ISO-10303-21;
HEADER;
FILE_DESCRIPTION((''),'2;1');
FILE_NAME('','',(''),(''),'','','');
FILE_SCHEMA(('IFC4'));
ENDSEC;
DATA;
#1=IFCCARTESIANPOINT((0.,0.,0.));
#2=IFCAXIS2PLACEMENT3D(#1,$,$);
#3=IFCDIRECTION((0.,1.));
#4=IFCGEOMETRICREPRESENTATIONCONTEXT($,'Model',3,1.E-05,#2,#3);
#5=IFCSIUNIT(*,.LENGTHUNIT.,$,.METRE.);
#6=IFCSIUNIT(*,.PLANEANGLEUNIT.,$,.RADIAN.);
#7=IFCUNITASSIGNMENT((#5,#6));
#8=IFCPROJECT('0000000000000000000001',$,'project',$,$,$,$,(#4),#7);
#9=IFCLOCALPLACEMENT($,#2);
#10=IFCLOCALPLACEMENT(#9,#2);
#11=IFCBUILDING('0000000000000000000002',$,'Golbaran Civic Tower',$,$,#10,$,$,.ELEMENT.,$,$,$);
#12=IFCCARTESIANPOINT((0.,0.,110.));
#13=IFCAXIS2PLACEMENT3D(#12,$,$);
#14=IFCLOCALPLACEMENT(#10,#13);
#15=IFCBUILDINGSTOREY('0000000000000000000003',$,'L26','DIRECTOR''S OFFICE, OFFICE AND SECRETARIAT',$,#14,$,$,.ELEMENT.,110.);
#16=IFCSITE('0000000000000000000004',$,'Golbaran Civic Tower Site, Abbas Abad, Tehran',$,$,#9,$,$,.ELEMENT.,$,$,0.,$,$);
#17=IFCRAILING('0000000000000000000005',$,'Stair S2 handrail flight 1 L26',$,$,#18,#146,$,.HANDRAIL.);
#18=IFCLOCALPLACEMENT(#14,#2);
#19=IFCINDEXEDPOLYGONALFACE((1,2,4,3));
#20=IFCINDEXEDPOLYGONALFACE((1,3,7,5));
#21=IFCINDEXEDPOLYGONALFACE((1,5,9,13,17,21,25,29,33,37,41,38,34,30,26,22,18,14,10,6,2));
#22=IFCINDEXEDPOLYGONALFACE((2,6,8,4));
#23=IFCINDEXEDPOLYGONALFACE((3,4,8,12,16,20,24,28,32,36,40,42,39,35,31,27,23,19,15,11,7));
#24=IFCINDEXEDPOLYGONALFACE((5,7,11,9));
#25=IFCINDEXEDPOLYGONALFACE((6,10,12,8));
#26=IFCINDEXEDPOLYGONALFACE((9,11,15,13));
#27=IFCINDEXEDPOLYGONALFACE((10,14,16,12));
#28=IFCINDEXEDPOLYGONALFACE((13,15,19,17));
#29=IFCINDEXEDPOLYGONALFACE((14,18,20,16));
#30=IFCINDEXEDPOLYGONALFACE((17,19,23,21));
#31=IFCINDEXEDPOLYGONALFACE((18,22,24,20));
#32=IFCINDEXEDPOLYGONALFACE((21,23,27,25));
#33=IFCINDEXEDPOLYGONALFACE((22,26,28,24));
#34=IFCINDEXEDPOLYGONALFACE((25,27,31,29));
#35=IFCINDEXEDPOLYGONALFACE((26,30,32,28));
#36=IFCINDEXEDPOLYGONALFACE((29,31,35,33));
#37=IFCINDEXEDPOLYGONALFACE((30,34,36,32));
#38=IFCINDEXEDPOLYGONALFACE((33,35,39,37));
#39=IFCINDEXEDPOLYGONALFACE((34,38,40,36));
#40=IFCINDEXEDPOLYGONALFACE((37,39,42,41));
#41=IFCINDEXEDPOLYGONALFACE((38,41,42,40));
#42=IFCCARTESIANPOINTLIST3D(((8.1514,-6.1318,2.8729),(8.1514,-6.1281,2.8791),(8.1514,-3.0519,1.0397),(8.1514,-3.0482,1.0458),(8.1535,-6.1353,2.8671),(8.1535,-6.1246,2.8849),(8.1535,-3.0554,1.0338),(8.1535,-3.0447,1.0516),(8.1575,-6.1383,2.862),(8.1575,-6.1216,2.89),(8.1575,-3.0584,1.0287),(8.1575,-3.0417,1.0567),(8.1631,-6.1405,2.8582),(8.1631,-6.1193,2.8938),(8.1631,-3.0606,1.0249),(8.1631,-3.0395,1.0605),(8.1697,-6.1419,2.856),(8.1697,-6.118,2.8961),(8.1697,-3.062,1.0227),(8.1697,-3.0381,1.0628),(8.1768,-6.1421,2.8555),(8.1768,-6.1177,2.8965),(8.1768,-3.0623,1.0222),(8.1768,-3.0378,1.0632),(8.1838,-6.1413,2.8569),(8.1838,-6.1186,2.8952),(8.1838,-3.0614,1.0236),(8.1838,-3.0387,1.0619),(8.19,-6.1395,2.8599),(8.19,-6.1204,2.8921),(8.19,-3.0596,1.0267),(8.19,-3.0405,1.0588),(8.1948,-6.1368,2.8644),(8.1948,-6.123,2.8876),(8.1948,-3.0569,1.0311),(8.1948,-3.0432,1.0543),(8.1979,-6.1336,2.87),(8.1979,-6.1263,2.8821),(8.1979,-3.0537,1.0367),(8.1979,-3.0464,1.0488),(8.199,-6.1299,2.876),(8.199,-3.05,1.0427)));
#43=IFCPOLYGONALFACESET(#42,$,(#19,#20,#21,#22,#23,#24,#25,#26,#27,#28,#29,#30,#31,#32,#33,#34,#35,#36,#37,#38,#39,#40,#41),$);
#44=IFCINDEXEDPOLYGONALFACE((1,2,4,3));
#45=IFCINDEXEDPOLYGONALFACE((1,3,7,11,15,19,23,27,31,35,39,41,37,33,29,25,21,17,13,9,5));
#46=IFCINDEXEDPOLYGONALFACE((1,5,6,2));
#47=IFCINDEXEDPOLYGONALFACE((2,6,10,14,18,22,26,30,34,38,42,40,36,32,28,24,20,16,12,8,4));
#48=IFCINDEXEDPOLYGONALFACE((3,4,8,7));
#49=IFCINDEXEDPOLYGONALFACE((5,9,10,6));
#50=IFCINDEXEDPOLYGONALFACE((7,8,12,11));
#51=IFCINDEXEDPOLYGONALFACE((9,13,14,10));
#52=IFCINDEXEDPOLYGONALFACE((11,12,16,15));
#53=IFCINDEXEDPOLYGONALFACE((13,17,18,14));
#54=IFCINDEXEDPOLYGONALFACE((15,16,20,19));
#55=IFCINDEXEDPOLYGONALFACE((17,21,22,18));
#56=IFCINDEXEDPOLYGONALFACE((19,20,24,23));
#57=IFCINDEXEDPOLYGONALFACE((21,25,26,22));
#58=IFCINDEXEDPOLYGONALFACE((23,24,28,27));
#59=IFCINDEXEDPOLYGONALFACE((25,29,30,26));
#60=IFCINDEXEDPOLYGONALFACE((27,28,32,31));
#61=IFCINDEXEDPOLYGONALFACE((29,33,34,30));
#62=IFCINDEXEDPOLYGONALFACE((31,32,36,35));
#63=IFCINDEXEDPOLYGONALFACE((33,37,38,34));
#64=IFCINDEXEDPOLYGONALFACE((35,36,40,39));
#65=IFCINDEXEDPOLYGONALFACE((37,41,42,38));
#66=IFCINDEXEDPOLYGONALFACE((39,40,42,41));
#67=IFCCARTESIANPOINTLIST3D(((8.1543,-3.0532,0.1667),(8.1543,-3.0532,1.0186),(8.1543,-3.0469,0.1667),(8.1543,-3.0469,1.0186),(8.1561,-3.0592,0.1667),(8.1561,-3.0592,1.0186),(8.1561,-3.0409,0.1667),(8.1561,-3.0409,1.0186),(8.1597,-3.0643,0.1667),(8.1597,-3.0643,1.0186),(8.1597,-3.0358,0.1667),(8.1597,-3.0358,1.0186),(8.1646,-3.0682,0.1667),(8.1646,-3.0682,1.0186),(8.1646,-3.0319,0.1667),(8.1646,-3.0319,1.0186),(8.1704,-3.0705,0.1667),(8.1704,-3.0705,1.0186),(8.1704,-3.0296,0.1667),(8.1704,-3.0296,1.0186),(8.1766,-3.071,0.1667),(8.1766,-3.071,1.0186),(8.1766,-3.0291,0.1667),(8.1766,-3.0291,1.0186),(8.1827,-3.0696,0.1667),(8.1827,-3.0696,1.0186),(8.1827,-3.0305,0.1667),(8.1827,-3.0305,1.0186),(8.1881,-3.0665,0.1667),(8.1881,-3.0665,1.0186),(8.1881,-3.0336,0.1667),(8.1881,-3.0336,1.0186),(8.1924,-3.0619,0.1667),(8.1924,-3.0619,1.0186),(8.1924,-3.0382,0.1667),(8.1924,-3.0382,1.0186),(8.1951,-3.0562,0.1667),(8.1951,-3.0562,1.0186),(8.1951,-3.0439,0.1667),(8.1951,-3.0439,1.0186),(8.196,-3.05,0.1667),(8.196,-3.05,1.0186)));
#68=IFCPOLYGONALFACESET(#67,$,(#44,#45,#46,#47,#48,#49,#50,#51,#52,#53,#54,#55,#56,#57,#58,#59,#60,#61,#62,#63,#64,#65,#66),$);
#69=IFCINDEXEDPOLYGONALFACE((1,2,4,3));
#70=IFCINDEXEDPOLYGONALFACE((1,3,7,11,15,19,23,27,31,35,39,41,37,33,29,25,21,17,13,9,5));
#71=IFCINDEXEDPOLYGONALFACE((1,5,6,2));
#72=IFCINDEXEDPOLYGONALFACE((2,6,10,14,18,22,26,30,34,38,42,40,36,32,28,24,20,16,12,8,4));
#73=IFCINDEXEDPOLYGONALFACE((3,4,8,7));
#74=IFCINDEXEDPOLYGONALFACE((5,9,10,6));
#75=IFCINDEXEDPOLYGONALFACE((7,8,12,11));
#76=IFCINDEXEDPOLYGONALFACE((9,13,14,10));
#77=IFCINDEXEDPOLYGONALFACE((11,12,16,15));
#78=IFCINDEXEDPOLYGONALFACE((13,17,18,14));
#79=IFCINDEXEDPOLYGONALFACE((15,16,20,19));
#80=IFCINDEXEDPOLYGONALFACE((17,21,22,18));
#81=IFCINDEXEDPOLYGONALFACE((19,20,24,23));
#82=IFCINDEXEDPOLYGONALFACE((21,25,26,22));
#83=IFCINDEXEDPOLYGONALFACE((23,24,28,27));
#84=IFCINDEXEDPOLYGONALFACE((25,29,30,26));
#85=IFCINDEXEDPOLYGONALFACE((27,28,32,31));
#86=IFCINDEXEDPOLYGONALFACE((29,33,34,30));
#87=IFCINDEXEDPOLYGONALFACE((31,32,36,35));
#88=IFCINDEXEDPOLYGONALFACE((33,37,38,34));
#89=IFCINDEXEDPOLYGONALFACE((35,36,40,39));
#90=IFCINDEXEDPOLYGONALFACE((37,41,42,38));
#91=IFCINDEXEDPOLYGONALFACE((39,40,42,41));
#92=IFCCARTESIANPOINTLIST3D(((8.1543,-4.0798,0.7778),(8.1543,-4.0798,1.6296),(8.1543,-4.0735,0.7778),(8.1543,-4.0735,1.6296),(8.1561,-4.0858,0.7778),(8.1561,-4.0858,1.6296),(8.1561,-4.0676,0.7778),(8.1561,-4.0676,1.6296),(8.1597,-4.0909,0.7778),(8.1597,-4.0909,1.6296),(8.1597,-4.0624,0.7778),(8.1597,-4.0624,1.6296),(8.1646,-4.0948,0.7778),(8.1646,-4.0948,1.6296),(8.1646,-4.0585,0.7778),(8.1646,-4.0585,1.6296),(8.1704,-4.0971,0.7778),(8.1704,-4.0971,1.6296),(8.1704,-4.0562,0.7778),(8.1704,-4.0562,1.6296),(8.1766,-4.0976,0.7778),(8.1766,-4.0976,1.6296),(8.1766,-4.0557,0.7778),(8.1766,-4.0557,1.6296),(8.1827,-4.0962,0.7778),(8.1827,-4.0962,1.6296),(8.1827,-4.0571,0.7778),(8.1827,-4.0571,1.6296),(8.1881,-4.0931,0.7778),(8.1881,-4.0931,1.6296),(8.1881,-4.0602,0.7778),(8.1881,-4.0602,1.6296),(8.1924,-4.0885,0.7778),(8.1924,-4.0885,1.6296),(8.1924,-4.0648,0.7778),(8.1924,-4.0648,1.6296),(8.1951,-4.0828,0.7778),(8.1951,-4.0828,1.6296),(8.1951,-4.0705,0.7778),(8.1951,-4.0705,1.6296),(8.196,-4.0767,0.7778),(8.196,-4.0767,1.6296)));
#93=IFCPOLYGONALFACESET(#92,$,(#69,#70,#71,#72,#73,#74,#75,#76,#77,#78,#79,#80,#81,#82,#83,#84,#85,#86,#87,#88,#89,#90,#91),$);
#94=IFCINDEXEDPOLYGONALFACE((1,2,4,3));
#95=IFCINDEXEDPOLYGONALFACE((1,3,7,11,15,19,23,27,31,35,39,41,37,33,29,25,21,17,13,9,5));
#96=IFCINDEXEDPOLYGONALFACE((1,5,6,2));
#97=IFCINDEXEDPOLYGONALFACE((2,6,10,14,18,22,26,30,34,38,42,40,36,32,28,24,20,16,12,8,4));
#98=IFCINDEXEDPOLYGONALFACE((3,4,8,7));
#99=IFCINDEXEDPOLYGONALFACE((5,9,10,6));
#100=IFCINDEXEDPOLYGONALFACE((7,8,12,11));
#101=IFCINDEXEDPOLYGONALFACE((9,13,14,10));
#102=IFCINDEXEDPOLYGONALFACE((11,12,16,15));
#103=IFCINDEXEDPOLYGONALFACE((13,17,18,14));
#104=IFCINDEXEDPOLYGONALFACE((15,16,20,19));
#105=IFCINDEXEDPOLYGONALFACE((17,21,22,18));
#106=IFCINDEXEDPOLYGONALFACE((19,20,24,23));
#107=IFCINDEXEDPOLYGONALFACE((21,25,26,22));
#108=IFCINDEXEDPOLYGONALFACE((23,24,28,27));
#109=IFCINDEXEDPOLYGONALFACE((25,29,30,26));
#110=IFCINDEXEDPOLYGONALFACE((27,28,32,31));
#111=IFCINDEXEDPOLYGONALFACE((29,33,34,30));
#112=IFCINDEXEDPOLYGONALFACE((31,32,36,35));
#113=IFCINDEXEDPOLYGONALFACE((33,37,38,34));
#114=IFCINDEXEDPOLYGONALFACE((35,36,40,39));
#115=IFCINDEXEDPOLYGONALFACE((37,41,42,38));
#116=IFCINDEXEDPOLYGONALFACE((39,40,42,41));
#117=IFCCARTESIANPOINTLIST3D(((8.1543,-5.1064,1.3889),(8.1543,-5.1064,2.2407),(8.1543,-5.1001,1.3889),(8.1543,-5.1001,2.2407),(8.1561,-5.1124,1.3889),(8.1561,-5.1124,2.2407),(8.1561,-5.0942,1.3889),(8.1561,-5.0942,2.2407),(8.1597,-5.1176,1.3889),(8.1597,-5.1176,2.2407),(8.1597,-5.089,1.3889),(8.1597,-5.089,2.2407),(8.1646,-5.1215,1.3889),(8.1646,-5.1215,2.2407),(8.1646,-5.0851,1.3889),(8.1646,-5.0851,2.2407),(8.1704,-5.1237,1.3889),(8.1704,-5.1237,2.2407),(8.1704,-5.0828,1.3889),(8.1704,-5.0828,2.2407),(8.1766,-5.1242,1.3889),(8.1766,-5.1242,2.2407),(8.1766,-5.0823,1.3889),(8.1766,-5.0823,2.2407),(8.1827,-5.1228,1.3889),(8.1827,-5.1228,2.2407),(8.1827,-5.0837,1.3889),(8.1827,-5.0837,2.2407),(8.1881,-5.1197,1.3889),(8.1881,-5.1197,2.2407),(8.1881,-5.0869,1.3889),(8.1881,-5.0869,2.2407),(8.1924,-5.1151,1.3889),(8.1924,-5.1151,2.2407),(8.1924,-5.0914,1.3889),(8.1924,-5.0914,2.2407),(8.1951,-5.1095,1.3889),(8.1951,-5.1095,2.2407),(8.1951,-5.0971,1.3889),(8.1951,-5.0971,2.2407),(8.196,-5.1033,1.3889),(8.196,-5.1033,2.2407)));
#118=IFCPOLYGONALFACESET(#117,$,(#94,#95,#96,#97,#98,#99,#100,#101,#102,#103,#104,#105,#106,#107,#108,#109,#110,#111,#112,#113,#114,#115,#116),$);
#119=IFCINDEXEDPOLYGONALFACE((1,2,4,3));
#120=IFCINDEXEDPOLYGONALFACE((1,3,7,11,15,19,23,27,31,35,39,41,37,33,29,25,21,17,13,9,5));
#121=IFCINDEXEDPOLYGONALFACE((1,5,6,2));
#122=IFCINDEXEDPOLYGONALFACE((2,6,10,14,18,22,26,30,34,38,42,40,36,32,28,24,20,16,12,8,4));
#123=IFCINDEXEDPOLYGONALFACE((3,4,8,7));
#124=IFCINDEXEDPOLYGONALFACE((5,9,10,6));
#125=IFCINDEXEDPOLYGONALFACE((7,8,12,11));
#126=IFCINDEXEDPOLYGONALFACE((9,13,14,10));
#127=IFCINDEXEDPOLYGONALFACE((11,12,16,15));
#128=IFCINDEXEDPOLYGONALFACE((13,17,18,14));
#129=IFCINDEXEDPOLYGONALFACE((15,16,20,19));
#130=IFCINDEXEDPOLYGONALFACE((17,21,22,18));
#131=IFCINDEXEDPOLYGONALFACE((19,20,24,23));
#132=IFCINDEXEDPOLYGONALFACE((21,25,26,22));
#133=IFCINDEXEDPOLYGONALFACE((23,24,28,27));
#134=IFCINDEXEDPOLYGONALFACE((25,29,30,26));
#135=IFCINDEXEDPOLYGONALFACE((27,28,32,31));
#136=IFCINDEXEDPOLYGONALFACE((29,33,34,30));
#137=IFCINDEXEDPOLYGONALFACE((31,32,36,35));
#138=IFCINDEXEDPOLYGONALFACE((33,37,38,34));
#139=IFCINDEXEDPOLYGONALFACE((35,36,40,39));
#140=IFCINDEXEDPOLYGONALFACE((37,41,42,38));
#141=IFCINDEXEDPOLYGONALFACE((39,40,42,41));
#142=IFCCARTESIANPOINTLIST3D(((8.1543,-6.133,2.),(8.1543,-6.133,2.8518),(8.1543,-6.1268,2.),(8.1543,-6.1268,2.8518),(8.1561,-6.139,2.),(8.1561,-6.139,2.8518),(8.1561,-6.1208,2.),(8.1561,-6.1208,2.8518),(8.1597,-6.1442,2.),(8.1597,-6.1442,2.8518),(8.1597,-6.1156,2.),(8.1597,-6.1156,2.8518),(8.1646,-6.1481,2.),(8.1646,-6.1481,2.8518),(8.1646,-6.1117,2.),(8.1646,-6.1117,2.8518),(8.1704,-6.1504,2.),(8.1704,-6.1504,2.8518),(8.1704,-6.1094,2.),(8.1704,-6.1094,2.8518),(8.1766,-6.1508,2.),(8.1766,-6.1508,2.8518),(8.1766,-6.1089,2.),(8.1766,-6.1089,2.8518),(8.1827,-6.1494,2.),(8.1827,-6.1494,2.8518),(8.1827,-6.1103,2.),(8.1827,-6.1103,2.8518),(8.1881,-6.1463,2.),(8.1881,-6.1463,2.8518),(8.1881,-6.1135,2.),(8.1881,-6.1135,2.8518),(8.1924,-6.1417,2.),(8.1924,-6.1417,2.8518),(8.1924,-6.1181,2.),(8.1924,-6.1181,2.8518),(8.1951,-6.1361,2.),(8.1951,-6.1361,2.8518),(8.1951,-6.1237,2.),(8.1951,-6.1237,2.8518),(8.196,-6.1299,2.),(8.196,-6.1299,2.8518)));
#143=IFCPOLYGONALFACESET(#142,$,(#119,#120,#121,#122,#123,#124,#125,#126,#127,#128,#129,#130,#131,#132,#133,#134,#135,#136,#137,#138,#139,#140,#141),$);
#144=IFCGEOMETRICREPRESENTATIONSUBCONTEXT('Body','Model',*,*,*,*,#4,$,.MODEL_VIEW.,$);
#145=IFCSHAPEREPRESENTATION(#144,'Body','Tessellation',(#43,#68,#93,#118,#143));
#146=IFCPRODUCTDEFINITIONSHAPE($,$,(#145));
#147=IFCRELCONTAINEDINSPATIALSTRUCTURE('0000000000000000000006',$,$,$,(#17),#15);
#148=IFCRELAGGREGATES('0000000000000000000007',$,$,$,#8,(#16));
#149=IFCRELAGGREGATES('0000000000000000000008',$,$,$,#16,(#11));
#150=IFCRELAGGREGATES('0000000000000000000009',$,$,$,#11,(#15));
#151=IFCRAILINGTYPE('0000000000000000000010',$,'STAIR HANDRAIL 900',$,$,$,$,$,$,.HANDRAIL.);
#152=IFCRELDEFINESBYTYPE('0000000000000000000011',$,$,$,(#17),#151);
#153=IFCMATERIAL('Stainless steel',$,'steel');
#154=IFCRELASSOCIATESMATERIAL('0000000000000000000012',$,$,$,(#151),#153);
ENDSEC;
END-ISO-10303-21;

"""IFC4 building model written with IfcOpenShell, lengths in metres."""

from ifc_helpers import new_model, si_unit, direction, frame, origin, origin_2d, place, context, subcontext, project, spatial, circle, extrude, material, type_object, element, save


model = new_model("IFC4")

# Units and contexts
model_context = context("Model", 3, precision=1e-05, world=origin(), true_north=direction((0.0, 1.0)))
body_context = subcontext(model_context, "Body", "Model", "MODEL_VIEW")
ifc_project = project(units=[si_unit("LENGTHUNIT", "METRE"), si_unit("PLANEANGLEUNIT", "RADIAN")], contexts=[model_context])

# Site, building, storey
site_placement = place(None, origin())
site = spatial("IfcSite", under=ifc_project, at=site_placement, Name="Golbaran Civic Tower Site, Abbas Abad, Tehran", CompositionType="ELEMENT", RefElevation=0.0)
building_placement = place(site_placement, origin())
building = spatial("IfcBuilding", under=site, at=building_placement, Name="Golbaran Civic Tower", CompositionType="ELEMENT")
storey_placement = place(building_placement, frame((0.0, 0.0, 110.0)))
storey = spatial("IfcBuildingStorey", under=building, at=storey_placement, Name="L26", Description="DIRECTOR'S OFFICE, OFFICE AND SECRETARIAT", CompositionType="ELEMENT", Elevation=110.0)

# Shared definitions
ifc_material_1 = material(Name="Stainless steel", Category="steel")

# Railing
railing_type = type_object("IfcRailingType", Name="STAIR HANDRAIL 900", PredefinedType="HANDRAIL", material=ifc_material_1)
railing_1_placement = place(storey_placement, frame((8.175, -3.05, 0.1667)))
element("IfcRailing", 1, at=railing_1_placement, inside=storey, type_object=railing_type, Name="Stair S2 handrail flight 1 L26", PredefinedType="HANDRAIL", context=body_context, shape_type="SweptSolid", body=[
    extrude(circle(Radius=0.0239, at=origin_2d()), frame((0.0, 0.0, 0.876), z_axis=(0.0, -0.859291, 0.511487), x_axis=(1.0, 0.0, 0.0)), (0.0, 0.0, 1.0), 3.5842),
    extrude(circle(Radius=0.021, at=origin_2d()), origin(), (0.0, 0.0, 1.0), 0.8518),
    extrude(circle(Radius=0.021, at=origin_2d()), frame((0.0, -1.0266, 0.6111)), (0.0, 0.0, 1.0), 0.8518),
    extrude(circle(Radius=0.021, at=origin_2d()), frame((0.0, -2.0532, 1.2222)), (0.0, 0.0, 1.0), 0.8518),
    extrude(circle(Radius=0.021, at=origin_2d()), frame((0.0, -3.0798, 1.8333)), (0.0, 0.0, 1.0), 0.8518),
])

save(model, "model.ifc")
